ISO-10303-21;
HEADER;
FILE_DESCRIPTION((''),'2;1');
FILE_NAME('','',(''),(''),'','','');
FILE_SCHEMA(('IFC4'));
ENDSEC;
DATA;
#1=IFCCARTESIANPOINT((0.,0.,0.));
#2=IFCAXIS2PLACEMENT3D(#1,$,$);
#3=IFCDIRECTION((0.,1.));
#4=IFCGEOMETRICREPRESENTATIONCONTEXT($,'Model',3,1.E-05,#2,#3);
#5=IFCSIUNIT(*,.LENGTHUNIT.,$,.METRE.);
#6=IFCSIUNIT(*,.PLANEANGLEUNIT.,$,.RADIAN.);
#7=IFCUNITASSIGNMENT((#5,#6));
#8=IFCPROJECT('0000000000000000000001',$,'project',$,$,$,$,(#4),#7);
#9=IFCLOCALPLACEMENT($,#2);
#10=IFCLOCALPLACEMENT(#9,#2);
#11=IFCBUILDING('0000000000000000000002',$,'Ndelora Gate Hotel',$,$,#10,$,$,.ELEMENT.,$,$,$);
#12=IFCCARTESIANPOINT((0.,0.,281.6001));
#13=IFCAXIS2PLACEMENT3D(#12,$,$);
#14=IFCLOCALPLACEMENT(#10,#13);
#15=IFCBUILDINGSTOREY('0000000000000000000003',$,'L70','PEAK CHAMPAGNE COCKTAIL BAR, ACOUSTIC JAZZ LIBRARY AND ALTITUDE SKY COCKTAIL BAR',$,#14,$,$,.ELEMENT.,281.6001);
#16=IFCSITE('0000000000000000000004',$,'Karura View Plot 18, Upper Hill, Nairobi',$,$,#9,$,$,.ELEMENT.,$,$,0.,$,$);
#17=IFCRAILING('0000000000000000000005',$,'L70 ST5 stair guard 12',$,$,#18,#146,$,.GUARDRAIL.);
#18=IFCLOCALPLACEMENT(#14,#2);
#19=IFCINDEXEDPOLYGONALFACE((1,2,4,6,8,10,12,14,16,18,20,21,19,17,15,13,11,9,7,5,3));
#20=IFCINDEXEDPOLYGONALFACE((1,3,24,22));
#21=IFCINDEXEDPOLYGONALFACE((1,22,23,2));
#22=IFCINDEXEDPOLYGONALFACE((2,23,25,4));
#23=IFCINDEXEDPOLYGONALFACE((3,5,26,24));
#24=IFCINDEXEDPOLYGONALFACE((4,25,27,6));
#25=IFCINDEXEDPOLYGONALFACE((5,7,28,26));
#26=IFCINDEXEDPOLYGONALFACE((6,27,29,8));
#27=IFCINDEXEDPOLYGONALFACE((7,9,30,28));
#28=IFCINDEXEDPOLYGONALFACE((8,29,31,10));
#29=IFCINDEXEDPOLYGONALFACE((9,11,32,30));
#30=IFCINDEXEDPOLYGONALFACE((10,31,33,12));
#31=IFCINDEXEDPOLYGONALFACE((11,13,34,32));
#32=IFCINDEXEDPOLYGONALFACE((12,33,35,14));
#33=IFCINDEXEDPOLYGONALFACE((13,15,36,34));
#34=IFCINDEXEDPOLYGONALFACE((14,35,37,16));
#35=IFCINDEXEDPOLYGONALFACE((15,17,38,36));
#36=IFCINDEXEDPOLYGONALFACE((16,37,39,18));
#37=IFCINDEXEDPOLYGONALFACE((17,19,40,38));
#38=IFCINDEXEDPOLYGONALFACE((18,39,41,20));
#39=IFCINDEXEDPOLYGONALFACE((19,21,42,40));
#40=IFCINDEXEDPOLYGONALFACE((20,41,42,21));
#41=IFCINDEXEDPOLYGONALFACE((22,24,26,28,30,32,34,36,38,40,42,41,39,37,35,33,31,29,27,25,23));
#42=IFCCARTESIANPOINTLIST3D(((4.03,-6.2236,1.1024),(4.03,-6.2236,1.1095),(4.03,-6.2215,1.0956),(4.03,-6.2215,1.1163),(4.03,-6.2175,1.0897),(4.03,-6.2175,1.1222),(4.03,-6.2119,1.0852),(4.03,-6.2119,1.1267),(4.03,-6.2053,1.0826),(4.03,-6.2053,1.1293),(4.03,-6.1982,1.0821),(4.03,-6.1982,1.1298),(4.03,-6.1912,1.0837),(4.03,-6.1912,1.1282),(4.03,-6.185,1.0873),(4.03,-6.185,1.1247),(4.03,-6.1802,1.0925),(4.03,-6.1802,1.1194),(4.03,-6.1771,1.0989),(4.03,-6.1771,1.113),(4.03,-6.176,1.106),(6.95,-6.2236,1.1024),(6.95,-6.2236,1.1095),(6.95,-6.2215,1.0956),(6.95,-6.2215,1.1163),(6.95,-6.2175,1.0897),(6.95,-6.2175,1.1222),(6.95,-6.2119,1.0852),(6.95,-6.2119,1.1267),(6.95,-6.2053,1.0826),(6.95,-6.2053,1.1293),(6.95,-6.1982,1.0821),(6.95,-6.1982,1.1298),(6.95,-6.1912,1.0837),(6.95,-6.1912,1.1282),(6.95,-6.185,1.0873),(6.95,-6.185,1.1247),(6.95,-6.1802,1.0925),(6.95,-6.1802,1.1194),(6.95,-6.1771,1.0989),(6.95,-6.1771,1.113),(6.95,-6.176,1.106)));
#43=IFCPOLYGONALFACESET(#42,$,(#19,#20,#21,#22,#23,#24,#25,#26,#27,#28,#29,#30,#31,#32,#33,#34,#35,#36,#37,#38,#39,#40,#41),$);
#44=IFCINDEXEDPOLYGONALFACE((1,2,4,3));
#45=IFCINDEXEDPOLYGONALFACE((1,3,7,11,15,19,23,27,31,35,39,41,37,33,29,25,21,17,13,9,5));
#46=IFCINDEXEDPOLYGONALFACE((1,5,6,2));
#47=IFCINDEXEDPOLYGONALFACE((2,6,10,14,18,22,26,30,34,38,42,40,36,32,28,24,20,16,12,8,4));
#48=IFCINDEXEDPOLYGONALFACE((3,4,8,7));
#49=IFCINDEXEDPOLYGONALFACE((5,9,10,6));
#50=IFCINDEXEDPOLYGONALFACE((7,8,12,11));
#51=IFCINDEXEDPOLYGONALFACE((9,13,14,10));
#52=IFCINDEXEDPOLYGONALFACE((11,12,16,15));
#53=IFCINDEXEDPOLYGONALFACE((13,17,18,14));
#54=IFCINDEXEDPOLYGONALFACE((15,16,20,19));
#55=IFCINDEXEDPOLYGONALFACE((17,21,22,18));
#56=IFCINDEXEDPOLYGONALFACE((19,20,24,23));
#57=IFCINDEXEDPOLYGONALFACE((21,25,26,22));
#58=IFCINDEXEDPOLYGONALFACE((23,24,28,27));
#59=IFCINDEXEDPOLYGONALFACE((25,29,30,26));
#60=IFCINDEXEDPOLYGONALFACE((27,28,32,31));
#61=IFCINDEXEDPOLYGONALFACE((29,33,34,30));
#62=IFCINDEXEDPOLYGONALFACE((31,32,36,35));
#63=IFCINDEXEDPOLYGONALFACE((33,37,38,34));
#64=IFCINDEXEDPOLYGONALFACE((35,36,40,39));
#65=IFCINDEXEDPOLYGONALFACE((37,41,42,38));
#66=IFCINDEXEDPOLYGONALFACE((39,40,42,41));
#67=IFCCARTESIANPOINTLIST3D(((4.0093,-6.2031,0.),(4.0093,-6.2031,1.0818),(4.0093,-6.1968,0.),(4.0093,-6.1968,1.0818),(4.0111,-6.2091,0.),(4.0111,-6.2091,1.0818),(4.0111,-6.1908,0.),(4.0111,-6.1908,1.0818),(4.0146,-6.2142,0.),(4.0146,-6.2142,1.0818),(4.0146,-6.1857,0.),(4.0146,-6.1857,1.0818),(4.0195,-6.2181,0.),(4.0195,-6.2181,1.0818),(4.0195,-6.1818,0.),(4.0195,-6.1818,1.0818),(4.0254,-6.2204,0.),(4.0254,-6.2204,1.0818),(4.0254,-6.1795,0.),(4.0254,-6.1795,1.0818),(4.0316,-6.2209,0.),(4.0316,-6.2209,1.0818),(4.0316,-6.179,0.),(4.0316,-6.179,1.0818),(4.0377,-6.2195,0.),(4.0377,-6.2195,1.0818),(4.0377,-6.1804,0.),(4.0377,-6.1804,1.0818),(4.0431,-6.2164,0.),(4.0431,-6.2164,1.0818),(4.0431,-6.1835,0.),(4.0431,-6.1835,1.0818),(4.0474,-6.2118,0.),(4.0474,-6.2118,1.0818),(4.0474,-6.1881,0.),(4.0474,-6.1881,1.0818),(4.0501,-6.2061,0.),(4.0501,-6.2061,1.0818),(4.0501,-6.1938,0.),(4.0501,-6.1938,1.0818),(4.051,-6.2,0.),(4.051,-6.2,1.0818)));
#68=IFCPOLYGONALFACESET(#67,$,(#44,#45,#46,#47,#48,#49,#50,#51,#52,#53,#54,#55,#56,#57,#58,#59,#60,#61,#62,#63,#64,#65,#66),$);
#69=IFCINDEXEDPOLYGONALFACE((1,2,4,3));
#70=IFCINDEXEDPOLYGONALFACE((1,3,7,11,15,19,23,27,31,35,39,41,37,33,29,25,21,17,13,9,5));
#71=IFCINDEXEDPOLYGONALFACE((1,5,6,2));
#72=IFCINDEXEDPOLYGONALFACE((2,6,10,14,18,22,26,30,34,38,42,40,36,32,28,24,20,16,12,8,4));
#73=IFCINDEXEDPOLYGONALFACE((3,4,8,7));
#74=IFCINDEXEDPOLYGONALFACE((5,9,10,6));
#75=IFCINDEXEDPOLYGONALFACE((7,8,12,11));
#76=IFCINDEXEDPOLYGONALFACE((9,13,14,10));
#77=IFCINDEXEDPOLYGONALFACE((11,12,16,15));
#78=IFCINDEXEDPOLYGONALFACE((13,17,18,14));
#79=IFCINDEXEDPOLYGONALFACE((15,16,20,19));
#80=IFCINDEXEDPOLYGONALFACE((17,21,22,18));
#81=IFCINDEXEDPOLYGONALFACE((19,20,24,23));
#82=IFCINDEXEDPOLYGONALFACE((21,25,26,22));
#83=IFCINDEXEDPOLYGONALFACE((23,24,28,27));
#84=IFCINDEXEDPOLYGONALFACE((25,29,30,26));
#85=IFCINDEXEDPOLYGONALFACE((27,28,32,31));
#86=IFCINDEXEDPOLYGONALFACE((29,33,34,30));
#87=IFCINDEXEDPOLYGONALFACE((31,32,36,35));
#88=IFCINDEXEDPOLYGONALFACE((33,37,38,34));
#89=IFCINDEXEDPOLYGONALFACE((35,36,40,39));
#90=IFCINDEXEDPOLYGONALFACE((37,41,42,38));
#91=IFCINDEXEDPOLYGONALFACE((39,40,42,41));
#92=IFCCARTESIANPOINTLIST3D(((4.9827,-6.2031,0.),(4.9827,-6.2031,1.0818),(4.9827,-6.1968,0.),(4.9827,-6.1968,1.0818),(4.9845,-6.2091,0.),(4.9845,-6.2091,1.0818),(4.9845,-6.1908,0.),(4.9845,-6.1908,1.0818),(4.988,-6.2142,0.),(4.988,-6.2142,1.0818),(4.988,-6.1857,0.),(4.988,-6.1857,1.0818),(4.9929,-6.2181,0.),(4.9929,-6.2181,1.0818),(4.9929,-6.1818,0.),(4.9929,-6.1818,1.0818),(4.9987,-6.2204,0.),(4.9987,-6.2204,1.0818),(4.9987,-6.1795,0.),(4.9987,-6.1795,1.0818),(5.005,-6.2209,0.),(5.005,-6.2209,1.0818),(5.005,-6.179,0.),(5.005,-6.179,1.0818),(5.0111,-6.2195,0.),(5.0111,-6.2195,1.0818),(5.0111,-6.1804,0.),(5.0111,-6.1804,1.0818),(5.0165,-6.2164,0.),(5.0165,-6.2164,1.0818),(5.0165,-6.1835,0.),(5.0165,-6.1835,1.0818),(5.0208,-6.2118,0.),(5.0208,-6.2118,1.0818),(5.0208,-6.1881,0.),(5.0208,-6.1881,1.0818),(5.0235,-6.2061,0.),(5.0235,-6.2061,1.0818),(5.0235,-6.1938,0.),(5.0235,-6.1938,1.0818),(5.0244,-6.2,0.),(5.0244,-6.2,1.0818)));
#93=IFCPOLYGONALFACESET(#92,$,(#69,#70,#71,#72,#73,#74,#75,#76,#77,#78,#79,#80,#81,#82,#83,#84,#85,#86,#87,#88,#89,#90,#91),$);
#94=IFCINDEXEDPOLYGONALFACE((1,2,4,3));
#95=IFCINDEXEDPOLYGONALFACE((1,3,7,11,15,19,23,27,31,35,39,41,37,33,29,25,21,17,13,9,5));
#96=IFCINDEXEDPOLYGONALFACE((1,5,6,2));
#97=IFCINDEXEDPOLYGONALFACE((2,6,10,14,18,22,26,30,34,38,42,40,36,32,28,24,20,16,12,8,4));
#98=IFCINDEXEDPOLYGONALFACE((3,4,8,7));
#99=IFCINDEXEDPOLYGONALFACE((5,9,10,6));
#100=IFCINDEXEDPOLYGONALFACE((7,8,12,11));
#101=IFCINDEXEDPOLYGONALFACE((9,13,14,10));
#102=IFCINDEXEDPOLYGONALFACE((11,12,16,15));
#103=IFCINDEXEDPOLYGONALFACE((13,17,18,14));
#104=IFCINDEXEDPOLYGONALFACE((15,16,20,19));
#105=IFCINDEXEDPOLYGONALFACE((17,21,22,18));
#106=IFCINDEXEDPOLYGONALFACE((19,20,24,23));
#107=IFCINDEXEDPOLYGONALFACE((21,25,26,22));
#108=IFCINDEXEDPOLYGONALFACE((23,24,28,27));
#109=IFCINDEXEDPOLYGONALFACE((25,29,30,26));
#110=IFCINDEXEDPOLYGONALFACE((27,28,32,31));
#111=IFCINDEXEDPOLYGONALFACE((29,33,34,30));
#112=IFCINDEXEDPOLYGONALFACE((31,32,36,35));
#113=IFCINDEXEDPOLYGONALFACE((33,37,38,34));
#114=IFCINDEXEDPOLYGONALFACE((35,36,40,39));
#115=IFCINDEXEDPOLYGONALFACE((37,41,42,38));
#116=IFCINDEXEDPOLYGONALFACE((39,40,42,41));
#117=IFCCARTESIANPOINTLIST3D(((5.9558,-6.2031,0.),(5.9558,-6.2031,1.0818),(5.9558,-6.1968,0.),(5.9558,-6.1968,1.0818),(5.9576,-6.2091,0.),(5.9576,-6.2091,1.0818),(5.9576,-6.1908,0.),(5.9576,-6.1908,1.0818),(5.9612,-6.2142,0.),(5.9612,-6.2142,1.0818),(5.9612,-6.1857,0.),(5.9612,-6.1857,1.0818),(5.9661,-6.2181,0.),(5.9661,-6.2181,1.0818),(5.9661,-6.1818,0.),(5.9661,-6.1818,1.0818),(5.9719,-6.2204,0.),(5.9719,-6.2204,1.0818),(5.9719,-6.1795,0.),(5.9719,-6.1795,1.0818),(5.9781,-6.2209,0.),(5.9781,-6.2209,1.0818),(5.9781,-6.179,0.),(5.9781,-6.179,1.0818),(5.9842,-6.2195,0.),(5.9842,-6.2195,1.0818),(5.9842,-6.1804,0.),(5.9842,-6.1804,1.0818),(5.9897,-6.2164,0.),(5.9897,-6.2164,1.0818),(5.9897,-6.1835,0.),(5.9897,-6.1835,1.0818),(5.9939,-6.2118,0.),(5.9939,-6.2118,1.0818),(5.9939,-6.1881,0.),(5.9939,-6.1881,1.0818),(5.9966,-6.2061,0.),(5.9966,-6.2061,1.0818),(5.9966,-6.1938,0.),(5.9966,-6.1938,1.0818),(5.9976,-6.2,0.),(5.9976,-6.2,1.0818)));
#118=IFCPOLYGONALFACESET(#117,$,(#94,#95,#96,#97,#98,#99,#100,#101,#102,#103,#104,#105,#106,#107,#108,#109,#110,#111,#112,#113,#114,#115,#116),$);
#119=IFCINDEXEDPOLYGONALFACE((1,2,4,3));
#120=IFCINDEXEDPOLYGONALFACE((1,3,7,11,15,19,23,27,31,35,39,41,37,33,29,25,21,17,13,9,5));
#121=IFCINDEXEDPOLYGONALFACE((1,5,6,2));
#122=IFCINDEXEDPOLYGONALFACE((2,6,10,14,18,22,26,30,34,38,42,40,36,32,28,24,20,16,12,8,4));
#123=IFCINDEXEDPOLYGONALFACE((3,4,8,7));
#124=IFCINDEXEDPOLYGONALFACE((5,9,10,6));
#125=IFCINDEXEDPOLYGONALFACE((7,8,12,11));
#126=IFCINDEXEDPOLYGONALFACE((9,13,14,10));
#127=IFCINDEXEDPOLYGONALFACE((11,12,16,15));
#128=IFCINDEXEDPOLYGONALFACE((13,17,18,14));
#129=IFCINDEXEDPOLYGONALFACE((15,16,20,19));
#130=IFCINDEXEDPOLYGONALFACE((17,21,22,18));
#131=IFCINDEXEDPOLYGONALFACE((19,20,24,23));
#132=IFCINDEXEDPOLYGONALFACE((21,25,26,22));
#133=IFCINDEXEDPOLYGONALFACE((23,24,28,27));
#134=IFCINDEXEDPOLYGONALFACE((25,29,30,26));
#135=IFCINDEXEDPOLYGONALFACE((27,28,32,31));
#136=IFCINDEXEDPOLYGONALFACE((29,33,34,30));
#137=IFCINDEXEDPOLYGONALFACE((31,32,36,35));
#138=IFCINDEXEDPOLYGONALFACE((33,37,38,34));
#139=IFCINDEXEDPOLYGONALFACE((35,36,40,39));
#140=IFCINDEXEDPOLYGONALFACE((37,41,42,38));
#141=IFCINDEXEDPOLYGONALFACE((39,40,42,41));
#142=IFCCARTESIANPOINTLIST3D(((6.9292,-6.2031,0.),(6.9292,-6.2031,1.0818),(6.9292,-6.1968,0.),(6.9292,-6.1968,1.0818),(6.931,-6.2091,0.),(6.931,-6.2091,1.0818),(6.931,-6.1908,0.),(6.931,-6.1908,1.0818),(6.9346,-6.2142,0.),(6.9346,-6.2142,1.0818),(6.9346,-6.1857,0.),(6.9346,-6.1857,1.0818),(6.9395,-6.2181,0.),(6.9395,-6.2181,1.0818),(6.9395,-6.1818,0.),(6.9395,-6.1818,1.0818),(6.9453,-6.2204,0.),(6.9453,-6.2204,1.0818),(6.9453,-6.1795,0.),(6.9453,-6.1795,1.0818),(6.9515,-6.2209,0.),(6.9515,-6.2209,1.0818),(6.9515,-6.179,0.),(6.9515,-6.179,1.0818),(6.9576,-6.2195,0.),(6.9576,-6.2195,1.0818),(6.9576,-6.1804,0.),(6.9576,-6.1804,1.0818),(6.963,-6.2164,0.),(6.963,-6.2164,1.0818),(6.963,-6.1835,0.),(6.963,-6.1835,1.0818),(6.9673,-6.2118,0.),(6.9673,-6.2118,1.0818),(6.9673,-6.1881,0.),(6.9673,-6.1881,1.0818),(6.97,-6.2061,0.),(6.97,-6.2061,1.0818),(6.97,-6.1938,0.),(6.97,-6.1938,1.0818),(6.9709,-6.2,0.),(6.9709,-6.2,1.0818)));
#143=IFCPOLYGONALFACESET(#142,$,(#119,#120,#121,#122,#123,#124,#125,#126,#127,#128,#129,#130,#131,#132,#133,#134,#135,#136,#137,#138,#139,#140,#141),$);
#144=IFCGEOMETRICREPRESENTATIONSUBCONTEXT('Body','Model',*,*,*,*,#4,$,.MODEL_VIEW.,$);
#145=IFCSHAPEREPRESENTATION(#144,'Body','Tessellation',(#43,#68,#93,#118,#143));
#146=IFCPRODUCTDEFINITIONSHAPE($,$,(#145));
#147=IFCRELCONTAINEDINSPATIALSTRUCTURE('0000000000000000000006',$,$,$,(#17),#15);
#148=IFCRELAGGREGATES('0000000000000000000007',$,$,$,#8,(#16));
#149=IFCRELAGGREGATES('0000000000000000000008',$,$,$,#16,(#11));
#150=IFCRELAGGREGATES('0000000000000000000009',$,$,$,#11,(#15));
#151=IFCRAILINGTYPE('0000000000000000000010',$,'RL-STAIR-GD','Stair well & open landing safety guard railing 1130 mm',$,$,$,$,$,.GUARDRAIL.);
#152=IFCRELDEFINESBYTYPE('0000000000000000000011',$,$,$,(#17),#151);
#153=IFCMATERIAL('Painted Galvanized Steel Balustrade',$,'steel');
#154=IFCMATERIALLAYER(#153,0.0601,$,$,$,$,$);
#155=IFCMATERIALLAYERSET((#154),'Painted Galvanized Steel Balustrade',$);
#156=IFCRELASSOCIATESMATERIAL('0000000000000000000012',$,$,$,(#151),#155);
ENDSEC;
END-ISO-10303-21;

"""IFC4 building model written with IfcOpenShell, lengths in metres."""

from ifc_helpers import new_model, si_unit, direction, frame, origin, origin_2d, place, context, subcontext, project, spatial, circle, extrude, material, layer, layer_set, type_object, element, save


model = new_model("IFC4")

# Units and contexts
model_context = context("Model", 3, precision=1e-05, world=origin(), true_north=direction((0.0, 1.0)))
body_context = subcontext(model_context, "Body", "Model", "MODEL_VIEW")
ifc_project = project(units=[si_unit("LENGTHUNIT", "METRE"), si_unit("PLANEANGLEUNIT", "RADIAN")], contexts=[model_context])

# Site, building, storey
site_placement = place(None, origin())
site = spatial("IfcSite", under=ifc_project, at=site_placement, Name="Karura View Plot 18, Upper Hill, Nairobi", CompositionType="ELEMENT", RefElevation=0.0)
building_placement = place(site_placement, origin())
building = spatial("IfcBuilding", under=site, at=building_placement, Name="Ndelora Gate Hotel", CompositionType="ELEMENT")
storey_placement = place(building_placement, frame((0.0, 0.0, 281.6001)))
storey = spatial("IfcBuildingStorey", under=building, at=storey_placement, Name="L70", Description="PEAK CHAMPAGNE COCKTAIL BAR, ACOUSTIC JAZZ LIBRARY AND ALTITUDE SKY COCKTAIL BAR", CompositionType="ELEMENT", Elevation=281.6001)

# Railing
ifc_material_1 = material(Name="Painted Galvanized Steel Balustrade", Category="steel")
ifc_layer_1 = layer(ifc_material_1, 0.0601)
ifc_layer_set_1 = layer_set([ifc_layer_1], Name="Painted Galvanized Steel Balustrade")
railing_type_1 = type_object("IfcRailingType", Name="RL-STAIR-GD", Description="Stair well & open landing safety guard railing 1130 mm", PredefinedType="GUARDRAIL", material=ifc_layer_set_1)
railing_1_placement = place(storey_placement, frame((4.03, -6.2, 0.0)))
element("IfcRailing", 1, at=railing_1_placement, inside=storey, type_object=railing_type_1, Name="L70 ST5 stair guard 12", PredefinedType="GUARDRAIL", context=body_context, shape_type="SweptSolid", body=[
    extrude(circle(Radius=0.0239, at=origin_2d()), frame((0.0, 0.0, 1.106), z_axis=(1.0, 0.0, 0.0), x_axis=(0.0, 1.0, 0.0)), (0.0, 0.0, 1.0), 2.9199),
    extrude(circle(Radius=0.021, at=origin_2d()), origin(), (0.0, 0.0, 1.0), 1.0818),
    extrude(circle(Radius=0.021, at=origin_2d()), frame((0.9734, 0.0, 0.0)), (0.0, 0.0, 1.0), 1.0818),
    extrude(circle(Radius=0.021, at=origin_2d()), frame((1.9465, 0.0, 0.0)), (0.0, 0.0, 1.0), 1.0818),
    extrude(circle(Radius=0.021, at=origin_2d()), frame((2.9199, 0.0, 0.0)), (0.0, 0.0, 1.0), 1.0818),
])

save(model, "model.ifc")
